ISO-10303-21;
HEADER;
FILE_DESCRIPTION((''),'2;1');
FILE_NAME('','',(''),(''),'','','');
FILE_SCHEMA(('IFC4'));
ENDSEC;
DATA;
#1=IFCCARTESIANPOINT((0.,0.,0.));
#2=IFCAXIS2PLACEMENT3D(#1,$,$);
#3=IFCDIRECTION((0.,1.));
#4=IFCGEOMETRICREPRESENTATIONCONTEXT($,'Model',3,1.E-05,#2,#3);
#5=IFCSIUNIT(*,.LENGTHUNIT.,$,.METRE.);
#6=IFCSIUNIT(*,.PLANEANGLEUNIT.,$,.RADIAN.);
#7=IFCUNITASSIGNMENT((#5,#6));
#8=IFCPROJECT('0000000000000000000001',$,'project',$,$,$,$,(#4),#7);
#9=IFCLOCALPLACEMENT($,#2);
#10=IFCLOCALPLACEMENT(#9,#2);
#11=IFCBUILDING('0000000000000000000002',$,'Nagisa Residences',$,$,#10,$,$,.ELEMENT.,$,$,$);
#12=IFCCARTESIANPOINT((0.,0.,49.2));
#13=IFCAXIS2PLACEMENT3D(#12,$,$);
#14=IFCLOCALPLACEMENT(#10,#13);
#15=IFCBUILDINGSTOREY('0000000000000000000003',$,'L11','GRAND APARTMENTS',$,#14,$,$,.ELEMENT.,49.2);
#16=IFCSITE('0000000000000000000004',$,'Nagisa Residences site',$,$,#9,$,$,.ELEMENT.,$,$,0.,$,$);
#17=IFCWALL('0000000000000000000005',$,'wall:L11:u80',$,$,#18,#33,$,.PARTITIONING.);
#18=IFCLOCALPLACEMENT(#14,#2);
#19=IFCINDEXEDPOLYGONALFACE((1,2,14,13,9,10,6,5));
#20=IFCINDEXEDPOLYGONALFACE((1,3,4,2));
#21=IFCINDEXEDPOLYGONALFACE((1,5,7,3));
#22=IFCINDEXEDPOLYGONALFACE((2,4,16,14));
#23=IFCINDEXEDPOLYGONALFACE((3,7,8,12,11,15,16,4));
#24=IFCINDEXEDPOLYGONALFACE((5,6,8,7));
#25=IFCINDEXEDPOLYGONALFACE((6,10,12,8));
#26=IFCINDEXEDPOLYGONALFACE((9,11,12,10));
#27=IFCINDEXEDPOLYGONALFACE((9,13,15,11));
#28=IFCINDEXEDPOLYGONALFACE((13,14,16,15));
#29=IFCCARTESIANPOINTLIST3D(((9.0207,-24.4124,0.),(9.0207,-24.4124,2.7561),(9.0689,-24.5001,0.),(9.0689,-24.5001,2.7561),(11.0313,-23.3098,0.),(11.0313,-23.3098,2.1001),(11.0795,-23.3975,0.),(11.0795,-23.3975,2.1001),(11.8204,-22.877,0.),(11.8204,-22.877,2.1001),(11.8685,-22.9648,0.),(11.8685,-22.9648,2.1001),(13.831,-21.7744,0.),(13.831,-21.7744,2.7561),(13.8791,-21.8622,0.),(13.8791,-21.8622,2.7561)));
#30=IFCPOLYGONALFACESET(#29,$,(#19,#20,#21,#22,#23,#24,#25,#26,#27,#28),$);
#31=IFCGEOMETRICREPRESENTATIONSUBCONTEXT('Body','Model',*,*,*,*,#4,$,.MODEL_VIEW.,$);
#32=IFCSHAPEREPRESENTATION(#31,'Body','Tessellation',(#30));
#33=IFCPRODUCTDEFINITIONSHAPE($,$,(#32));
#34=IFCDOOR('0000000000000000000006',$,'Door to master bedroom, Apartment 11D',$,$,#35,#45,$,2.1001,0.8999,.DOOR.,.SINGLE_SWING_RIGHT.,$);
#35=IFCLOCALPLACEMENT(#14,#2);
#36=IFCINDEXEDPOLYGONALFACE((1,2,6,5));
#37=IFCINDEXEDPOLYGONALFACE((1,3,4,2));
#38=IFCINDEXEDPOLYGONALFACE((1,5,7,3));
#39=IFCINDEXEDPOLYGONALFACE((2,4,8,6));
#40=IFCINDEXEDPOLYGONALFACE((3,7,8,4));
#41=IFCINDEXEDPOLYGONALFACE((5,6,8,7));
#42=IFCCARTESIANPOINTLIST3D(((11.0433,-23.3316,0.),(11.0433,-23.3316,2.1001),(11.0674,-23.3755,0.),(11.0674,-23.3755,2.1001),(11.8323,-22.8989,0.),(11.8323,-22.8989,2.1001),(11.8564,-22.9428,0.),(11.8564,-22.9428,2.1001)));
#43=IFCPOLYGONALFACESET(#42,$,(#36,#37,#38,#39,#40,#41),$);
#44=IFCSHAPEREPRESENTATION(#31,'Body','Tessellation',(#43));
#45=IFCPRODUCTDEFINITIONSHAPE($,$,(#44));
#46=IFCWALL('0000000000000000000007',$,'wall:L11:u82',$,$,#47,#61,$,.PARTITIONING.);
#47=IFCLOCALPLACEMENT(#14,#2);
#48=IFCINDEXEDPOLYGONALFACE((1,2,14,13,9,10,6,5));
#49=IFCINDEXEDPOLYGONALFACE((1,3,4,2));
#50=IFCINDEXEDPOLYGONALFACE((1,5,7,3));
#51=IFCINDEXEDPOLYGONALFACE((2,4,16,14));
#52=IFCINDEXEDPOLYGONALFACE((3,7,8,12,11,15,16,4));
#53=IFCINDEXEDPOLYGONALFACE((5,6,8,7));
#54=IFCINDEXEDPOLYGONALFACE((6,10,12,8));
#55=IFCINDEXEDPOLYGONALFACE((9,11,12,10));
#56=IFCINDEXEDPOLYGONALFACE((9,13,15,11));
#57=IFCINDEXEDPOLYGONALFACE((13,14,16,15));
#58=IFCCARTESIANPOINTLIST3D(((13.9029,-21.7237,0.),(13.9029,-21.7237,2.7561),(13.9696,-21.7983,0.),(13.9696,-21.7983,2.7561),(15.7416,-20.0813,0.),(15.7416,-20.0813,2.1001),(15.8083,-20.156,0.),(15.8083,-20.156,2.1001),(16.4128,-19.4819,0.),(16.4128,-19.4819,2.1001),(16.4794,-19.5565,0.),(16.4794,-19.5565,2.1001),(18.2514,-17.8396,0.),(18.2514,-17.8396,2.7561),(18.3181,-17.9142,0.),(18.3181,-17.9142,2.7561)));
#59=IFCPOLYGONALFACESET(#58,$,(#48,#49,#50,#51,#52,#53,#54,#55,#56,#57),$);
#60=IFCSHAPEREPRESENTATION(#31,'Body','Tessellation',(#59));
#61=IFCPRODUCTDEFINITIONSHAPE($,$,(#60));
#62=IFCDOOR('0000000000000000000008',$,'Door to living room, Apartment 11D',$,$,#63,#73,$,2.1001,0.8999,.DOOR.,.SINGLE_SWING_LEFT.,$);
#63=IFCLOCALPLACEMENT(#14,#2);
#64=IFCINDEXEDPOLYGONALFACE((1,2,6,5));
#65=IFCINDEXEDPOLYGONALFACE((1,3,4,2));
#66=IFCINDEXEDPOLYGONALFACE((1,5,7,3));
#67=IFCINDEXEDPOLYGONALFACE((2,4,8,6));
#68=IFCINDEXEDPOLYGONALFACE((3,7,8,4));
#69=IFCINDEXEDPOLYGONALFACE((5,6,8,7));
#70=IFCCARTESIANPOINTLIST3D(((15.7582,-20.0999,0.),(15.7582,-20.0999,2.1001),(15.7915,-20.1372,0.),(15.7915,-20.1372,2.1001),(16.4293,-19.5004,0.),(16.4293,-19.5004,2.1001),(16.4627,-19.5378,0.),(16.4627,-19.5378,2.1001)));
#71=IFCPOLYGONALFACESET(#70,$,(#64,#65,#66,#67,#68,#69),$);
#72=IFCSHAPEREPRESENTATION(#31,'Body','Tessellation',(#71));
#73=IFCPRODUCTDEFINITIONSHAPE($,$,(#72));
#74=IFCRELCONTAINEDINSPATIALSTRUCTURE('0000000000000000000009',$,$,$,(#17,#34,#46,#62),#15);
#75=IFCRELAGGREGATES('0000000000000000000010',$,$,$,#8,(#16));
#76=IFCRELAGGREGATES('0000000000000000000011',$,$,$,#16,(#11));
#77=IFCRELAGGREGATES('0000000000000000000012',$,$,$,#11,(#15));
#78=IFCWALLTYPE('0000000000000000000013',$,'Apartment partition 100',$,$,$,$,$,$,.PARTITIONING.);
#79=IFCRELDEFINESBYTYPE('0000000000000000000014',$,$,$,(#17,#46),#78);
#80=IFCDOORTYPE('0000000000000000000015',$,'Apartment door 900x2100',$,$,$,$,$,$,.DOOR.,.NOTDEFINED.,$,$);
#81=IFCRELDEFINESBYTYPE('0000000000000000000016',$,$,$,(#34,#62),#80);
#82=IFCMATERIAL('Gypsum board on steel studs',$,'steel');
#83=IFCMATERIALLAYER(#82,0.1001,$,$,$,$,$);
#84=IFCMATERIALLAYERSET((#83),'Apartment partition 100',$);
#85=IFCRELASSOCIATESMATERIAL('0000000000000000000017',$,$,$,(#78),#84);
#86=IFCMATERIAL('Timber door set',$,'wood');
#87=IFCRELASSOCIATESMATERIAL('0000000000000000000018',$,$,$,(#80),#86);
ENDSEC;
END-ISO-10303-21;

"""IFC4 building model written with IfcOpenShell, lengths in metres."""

from ifc_helpers import new_model, si_unit, direction, frame, frame_2d, origin, place, context, subcontext, project, spatial, rectangle, extrude, material, layer, layer_set, type_object, element, fill, save


model = new_model("IFC4")

# Units and contexts
model_context = context("Model", 3, precision=1e-05, world=origin(), true_north=direction((0.0, 1.0)))
body_context = subcontext(model_context, "Body", "Model", "MODEL_VIEW")
ifc_project = project(units=[si_unit("LENGTHUNIT", "METRE"), si_unit("PLANEANGLEUNIT", "RADIAN")], contexts=[model_context])

# Site, building, storey
site_placement = place(None, origin())
site = spatial("IfcSite", under=ifc_project, at=site_placement, Name="Nagisa Residences site", CompositionType="ELEMENT", RefElevation=0.0)
building_placement = place(site_placement, origin())
building = spatial("IfcBuilding", under=site, at=building_placement, Name="Nagisa Residences", CompositionType="ELEMENT")
storey_placement = place(building_placement, frame((0.0, 0.0, 49.2)))
storey = spatial("IfcBuildingStorey", under=building, at=storey_placement, Name="L11", Description="GRAND APARTMENTS", CompositionType="ELEMENT", Elevation=49.2)

# Shared definitions
ifc_material_1 = material(Name="Gypsum board on steel studs", Category="steel")
ifc_layer_1 = layer(ifc_material_1, 0.1001)
ifc_layer_set_1 = layer_set([ifc_layer_1], Name="Apartment partition 100")
wall_type_1 = type_object("IfcWallType", Name="Apartment partition 100", PredefinedType="PARTITIONING", material=ifc_layer_set_1)

# Shared definitions
ifc_material_2 = material(Name="Timber door set", Category="wood")
door_type_1 = type_object("IfcDoorType", Name="Apartment door 900x2100", OperationType="NOTDEFINED", PredefinedType="DOOR", material=ifc_material_2)

# Walls, openings, doors
wall_1_placement = place(storey_placement, frame((9.0447, -24.4563, 0.0), z_axis=(0.0, 0.0, 1.0), x_axis=(0.87681, 0.480837, 0.0)))
wall_1 = element("IfcWall", 1, at=wall_1_placement, inside=storey, type_object=wall_type_1, Name="wall:L11:u80", PredefinedType="PARTITIONING", context=body_context, shape_type="SweptSolid", body=[
    extrude(rectangle(XDim=5.4861, YDim=0.1001, at=frame_2d((2.7432, 0.0))), origin(), (0.0, 0.0, 1.0), 2.7561),
])
opening_1_placement = place(wall_1_placement, frame((2.2932, 0.0, 0.0)))
opening_1 = element("IfcOpeningElement", 2, at=opening_1_placement, cuts=wall_1, PredefinedType="OPENING", context=body_context, shape_type="SweptSolid", body=[
    extrude(rectangle(XDim=0.8999, YDim=2.1001, at=frame_2d((0.45, 1.05))), frame((0.0, 0.0601, 0.0), z_axis=(0.0, -1.0, 0.0), x_axis=(1.0, 0.0, 0.0)), (0.0, 0.0, 1.0), 0.1201),
])
door_1_placement = place(opening_1_placement, frame((0.8999, 0.0, 0.0), x_axis=(-1.0, 0.0, 0.0)))
door_1 = element("IfcDoor", 3, at=door_1_placement, inside=storey, type_object=door_type_1, Name="Door to master bedroom, Apartment 11D", OperationType="SINGLE_SWING_RIGHT", OverallHeight=2.1001, OverallWidth=0.8999, PredefinedType="DOOR", context=body_context, shape_type="SweptSolid", body=[
    extrude(rectangle(XDim=0.8999, YDim=2.1001, at=frame_2d((0.45, 1.05))), frame((0.0, 0.0249, 0.0), z_axis=(0.0, -1.0, 0.0), x_axis=(1.0, 0.0, 0.0)), (0.0, 0.0, 1.0), 0.05),
])
fill(opening_1, door_1)
wall_2_placement = place(storey_placement, frame((13.9363, -21.761, 0.0), z_axis=(0.0, 0.0, 1.0), x_axis=(0.745806, 0.666163, 0.0)))
wall_2 = element("IfcWall", 4, at=wall_2_placement, inside=storey, type_object=wall_type_1, Name="wall:L11:u82", PredefinedType="PARTITIONING", context=body_context, shape_type="SweptSolid", body=[
    extrude(rectangle(XDim=5.8306, YDim=0.1001, at=frame_2d((2.9153, 0.0))), origin(), (0.0, 0.0, 1.0), 2.7561),
])
opening_2_placement = place(wall_2_placement, frame((2.4653, 0.0, 0.0)))
opening_2 = element("IfcOpeningElement", 5, at=opening_2_placement, cuts=wall_2, PredefinedType="OPENING", context=body_context, shape_type="SweptSolid", body=[
    extrude(rectangle(XDim=0.8999, YDim=2.1001, at=frame_2d((0.45, 1.05))), frame((0.0, 0.0601, 0.0), z_axis=(0.0, -1.0, 0.0), x_axis=(1.0, 0.0, 0.0)), (0.0, 0.0, 1.0), 0.1201),
])
door_2_placement = place(opening_2_placement, frame((0.8999, 0.0, 0.0), x_axis=(-1.0, 0.0, 0.0)))
door_2 = element("IfcDoor", 6, at=door_2_placement, inside=storey, type_object=door_type_1, Name="Door to living room, Apartment 11D", OperationType="SINGLE_SWING_LEFT", OverallHeight=2.1001, OverallWidth=0.8999, PredefinedType="DOOR", context=body_context, shape_type="SweptSolid", body=[
    extrude(rectangle(XDim=0.8999, YDim=2.1001, at=frame_2d((0.45, 1.05))), frame((0.0, 0.0249, 0.0), z_axis=(0.0, -1.0, 0.0), x_axis=(1.0, 0.0, 0.0)), (0.0, 0.0, 1.0), 0.05),
])
fill(opening_2, door_2)

save(model, "model.ifc")
